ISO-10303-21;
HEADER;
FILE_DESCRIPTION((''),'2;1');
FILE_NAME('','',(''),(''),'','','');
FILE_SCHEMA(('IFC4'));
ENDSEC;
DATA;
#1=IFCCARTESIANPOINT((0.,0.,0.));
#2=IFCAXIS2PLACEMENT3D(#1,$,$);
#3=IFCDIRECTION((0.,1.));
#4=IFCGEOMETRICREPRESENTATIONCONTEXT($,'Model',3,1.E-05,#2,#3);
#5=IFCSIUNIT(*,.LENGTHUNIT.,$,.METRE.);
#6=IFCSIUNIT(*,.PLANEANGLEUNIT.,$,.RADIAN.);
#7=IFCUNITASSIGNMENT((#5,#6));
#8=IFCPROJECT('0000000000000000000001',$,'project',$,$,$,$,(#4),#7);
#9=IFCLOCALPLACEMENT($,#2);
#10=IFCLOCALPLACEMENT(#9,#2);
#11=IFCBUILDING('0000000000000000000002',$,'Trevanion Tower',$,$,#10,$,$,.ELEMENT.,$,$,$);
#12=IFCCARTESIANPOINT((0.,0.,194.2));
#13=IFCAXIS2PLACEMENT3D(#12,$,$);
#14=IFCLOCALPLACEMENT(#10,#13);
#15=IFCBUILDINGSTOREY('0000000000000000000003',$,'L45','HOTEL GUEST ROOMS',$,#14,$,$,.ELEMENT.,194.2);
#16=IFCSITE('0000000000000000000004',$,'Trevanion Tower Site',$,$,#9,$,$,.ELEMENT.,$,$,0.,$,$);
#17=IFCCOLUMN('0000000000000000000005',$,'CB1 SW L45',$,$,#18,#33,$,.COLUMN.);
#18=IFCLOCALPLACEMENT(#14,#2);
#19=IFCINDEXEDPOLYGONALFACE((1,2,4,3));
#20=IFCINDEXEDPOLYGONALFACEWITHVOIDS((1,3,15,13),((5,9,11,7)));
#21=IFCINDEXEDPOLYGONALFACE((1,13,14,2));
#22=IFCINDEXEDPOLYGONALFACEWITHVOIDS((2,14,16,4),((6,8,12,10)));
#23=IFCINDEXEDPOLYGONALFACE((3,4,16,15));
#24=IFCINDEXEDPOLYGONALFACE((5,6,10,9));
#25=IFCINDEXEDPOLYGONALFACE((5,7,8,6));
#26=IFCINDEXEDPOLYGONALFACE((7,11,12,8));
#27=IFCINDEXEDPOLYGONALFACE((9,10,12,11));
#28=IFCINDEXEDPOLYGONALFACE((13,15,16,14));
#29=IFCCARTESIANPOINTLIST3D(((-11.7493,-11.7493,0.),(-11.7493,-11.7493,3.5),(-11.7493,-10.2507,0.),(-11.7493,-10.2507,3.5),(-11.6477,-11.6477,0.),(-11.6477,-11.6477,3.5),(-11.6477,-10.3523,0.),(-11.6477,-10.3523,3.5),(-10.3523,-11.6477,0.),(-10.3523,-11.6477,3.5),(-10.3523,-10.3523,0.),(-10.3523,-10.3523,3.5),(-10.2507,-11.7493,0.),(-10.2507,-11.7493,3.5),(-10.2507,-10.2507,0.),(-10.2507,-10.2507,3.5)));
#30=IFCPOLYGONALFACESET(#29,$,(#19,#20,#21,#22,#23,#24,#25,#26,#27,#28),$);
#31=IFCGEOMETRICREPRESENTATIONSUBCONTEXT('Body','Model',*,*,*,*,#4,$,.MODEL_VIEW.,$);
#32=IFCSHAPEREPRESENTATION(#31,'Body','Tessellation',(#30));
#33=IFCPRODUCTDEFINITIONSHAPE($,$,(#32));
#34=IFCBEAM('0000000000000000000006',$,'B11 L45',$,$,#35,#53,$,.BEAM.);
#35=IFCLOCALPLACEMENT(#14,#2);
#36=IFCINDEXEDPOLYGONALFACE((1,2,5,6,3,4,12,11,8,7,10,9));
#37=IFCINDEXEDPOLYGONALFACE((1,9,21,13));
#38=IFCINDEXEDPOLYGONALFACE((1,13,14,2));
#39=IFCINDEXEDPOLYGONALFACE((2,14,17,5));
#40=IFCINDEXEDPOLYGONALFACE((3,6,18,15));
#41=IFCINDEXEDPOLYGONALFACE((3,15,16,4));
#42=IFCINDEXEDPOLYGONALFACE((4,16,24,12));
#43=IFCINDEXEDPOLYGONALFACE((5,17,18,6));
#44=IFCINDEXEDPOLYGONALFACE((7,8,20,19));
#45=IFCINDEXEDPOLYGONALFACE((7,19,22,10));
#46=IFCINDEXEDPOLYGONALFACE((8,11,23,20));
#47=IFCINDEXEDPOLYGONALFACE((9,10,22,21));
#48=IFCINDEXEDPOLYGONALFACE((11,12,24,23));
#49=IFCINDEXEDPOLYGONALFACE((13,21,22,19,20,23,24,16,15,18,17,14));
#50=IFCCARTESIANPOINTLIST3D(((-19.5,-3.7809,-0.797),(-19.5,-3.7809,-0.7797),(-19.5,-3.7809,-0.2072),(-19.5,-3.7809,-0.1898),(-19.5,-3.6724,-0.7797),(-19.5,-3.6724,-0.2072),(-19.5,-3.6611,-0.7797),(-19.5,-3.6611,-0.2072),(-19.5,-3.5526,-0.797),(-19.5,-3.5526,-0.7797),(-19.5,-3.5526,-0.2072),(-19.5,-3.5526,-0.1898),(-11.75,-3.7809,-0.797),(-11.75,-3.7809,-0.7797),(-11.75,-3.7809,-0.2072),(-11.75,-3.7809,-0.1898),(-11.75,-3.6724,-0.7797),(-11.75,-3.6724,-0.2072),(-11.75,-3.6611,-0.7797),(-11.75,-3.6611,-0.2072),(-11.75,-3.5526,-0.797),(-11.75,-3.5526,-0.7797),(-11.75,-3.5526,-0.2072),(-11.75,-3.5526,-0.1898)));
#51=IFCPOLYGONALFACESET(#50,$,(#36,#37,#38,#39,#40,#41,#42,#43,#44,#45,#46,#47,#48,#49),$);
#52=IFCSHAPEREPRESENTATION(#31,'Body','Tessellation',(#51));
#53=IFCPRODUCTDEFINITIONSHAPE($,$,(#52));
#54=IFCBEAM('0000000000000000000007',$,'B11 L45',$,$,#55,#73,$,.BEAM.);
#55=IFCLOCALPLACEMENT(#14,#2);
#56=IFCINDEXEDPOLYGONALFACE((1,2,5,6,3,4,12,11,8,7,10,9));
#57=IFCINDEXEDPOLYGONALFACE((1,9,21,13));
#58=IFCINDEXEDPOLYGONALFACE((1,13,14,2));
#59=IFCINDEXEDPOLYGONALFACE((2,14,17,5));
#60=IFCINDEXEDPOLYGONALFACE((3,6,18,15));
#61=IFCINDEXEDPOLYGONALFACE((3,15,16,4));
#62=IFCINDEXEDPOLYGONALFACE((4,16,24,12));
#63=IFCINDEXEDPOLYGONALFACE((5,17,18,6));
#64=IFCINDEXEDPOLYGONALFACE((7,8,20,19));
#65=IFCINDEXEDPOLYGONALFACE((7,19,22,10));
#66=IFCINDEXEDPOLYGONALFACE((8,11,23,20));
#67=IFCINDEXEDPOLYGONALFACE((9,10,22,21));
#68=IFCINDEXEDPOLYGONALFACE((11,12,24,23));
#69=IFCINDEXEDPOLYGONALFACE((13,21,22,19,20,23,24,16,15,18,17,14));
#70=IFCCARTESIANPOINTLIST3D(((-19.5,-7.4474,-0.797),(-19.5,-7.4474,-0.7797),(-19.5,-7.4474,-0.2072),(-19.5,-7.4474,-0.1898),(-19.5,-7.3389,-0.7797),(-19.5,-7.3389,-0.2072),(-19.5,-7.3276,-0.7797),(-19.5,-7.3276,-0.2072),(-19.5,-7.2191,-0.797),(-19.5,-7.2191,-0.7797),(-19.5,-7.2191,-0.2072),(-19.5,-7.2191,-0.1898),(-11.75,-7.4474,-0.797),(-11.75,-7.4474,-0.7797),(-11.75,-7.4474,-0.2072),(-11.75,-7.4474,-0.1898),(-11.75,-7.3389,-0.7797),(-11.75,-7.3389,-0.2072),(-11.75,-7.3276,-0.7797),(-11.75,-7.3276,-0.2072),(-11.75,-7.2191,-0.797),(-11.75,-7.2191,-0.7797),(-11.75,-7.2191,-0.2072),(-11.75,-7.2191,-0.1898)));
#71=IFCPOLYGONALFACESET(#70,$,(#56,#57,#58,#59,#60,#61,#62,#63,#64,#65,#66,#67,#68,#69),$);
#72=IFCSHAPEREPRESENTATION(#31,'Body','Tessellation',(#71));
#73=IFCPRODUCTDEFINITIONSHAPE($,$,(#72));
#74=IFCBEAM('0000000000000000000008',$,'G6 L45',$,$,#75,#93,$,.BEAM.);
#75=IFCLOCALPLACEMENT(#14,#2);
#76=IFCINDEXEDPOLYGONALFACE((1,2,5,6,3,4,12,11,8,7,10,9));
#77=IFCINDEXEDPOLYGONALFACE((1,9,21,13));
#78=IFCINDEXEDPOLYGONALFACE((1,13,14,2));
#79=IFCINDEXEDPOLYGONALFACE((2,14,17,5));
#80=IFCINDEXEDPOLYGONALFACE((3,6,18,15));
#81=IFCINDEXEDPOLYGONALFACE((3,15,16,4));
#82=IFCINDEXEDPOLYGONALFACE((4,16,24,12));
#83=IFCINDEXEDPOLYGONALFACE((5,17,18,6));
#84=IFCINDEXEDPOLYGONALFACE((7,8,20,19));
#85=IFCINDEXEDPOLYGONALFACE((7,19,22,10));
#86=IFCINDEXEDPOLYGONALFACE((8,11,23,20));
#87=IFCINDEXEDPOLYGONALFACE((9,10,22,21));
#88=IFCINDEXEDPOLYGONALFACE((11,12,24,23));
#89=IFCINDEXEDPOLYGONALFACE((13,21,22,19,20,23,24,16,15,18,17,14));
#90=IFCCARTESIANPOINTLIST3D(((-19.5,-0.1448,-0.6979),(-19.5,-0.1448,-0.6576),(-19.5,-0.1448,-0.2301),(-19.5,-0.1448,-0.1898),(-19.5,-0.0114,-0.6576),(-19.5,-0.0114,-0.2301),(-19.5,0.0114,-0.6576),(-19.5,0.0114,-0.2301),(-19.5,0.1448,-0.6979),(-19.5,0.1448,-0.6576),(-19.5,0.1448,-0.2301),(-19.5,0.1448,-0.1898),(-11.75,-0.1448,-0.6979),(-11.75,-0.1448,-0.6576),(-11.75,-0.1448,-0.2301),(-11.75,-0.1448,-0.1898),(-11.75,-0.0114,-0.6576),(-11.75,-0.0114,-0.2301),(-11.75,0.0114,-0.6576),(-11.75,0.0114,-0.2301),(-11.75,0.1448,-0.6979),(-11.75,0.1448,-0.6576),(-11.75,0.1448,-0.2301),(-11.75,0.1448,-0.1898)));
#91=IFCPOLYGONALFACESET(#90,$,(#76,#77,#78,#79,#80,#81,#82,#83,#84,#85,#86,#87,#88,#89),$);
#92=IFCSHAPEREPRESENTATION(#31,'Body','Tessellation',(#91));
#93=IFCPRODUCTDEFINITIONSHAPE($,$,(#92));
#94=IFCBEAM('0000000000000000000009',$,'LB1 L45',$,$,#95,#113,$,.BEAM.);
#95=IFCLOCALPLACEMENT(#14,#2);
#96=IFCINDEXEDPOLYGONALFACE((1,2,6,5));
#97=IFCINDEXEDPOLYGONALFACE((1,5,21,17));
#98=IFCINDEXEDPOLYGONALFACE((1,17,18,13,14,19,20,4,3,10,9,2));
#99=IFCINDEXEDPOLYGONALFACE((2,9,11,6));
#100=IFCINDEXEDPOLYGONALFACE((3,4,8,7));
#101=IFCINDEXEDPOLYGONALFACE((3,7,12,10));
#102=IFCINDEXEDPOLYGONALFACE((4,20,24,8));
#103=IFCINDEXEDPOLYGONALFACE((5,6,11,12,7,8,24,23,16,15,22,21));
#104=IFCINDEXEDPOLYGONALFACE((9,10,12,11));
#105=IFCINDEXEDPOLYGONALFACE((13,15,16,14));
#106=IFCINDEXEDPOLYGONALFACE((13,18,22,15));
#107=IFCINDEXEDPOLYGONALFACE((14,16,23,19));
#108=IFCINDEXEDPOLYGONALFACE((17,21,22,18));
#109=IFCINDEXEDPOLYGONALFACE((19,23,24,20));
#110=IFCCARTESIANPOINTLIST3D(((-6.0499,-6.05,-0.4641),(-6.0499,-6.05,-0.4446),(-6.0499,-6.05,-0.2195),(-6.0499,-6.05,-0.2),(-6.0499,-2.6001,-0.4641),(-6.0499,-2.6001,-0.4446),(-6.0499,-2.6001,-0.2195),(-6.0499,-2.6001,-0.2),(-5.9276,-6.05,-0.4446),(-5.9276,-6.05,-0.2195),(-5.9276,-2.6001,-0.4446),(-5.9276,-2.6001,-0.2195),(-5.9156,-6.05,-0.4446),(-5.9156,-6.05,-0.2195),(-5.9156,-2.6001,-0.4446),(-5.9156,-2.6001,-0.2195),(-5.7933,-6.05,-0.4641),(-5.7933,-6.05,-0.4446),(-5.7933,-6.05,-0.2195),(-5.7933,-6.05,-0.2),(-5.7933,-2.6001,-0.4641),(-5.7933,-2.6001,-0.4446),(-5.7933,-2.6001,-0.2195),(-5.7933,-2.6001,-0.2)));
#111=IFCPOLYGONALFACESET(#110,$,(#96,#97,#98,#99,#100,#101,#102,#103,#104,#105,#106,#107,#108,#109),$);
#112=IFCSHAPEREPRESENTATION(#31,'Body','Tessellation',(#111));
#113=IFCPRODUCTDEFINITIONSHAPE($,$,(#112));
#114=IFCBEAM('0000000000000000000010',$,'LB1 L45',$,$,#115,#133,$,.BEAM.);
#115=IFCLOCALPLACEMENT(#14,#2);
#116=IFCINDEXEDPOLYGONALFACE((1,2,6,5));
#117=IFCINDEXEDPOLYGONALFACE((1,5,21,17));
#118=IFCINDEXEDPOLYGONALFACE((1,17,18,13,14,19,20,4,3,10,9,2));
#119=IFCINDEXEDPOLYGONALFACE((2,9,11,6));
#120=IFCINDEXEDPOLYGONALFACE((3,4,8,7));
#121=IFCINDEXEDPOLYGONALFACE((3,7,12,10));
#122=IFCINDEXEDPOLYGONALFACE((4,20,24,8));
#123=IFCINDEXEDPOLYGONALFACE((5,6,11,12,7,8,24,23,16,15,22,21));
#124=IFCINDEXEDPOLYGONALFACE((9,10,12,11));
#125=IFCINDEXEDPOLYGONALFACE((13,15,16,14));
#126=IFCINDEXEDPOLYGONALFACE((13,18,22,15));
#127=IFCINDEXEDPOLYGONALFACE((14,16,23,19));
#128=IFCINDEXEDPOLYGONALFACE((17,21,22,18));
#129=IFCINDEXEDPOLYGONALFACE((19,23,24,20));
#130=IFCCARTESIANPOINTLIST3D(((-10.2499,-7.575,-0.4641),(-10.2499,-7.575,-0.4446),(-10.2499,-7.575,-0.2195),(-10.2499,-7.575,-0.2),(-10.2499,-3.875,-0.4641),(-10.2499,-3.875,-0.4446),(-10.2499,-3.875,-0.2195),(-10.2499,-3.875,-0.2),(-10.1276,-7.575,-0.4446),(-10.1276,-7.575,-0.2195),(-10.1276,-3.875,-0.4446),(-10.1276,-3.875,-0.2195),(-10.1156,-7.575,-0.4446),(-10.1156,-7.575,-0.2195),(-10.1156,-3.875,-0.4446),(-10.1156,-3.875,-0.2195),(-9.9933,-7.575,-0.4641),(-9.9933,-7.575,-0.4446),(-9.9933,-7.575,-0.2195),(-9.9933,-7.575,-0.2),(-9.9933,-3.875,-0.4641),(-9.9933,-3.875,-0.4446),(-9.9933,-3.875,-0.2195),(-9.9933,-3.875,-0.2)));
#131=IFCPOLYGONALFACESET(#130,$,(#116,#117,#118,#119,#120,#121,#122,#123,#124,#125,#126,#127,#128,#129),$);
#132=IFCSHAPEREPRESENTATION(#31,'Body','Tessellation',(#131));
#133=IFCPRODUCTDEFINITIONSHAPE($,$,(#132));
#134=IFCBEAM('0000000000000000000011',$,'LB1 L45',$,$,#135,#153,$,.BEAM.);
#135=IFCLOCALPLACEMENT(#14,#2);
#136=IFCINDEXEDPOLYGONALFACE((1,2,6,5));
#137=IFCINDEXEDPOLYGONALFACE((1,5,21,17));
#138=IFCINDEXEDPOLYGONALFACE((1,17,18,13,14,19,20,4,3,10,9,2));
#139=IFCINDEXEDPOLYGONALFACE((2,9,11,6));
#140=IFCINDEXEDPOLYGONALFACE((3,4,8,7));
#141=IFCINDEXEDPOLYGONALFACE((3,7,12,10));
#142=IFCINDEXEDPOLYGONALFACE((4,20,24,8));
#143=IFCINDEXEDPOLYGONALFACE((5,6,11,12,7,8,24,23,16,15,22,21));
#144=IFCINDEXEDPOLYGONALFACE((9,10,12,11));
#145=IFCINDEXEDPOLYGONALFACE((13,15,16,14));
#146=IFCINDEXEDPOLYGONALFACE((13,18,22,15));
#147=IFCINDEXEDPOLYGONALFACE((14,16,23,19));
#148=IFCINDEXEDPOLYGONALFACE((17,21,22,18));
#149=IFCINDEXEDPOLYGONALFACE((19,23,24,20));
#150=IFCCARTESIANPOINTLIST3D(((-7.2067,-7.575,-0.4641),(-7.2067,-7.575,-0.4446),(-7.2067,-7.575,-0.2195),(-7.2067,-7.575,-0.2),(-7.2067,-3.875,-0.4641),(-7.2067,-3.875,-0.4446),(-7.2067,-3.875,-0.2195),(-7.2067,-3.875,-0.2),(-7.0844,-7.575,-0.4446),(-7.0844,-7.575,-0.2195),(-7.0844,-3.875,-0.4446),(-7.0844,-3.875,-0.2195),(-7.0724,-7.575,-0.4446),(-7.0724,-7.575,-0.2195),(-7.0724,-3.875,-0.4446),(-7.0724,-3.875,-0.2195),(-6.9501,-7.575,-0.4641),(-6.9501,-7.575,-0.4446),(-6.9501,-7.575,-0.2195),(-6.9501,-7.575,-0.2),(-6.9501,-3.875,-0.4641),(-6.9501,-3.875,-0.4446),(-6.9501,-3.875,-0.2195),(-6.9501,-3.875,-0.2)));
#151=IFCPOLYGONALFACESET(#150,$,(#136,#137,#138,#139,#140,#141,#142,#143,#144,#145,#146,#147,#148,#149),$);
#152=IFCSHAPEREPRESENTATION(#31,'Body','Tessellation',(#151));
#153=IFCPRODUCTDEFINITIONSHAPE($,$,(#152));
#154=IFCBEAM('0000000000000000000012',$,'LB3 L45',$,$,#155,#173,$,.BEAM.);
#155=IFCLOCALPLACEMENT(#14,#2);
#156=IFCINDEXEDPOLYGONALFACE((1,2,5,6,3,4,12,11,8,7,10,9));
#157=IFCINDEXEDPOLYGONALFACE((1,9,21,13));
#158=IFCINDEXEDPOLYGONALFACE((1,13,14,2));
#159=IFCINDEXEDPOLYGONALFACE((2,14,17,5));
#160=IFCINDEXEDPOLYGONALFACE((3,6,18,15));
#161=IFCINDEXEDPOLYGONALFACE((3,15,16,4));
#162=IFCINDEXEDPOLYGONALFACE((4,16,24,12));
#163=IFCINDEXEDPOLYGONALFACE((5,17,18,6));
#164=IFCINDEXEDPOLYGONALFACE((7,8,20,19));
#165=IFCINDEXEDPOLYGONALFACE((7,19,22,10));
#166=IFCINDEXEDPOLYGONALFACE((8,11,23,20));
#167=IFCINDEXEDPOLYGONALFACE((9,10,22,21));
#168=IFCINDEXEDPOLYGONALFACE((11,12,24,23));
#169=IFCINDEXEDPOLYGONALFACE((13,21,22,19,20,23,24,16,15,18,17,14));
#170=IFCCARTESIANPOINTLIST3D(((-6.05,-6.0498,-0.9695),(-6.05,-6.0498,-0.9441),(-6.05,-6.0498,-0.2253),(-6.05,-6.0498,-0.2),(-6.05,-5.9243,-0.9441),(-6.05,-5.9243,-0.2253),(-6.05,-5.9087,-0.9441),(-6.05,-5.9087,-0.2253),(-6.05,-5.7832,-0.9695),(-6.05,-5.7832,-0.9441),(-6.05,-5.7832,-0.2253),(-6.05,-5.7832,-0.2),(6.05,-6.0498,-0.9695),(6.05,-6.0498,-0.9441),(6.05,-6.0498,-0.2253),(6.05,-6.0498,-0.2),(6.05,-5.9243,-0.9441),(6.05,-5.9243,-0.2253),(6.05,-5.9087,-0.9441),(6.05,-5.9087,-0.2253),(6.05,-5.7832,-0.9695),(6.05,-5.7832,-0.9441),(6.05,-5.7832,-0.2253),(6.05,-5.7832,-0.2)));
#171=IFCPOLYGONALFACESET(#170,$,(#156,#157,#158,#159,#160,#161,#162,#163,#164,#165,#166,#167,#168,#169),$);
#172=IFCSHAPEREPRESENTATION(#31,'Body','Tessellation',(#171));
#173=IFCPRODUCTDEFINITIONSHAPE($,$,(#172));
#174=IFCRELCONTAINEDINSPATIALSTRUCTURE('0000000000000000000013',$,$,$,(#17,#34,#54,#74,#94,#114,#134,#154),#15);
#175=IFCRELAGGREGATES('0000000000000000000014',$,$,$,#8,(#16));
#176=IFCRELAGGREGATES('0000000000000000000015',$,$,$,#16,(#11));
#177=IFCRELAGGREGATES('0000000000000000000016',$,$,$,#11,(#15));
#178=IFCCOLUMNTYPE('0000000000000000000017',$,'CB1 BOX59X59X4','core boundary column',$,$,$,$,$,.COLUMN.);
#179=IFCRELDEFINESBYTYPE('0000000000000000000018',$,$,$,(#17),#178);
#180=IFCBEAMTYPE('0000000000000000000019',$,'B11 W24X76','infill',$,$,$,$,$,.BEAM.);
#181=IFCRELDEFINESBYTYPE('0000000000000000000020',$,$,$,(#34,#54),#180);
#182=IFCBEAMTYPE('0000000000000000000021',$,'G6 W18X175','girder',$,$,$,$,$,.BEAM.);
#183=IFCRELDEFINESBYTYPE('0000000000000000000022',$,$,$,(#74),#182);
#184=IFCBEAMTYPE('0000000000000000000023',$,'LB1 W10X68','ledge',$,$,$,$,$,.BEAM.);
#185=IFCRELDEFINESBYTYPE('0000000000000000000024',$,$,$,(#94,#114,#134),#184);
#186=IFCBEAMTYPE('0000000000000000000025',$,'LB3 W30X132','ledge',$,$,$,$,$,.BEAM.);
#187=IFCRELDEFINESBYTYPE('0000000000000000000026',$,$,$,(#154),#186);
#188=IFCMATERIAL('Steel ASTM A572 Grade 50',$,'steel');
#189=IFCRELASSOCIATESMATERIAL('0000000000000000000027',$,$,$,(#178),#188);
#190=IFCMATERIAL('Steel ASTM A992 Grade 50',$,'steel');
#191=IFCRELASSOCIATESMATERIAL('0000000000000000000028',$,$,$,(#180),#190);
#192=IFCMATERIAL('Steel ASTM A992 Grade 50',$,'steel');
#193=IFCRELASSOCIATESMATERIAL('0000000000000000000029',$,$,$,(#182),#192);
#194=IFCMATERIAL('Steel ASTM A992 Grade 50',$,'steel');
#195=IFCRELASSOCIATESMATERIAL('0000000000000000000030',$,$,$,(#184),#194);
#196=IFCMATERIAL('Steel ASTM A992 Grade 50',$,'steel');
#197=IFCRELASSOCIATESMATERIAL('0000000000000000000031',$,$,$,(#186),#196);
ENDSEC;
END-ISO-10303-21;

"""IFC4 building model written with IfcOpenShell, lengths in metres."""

from ifc_helpers import new_model, si_unit, direction, frame, origin, origin_2d, place, context, subcontext, project, spatial, hollow_rectangle, i_section, extrude, material, material_profile, profile_set, type_object, element, save


model = new_model("IFC4")

# Units and contexts
model_context = context("Model", 3, precision=1e-05, world=origin(), true_north=direction((0.0, 1.0)))
body_context = subcontext(model_context, "Body", "Model", "MODEL_VIEW")
ifc_project = project(units=[si_unit("LENGTHUNIT", "METRE"), si_unit("PLANEANGLEUNIT", "RADIAN")], contexts=[model_context])

# Site, building, storey
site_placement = place(None, origin())
site = spatial("IfcSite", under=ifc_project, at=site_placement, Name="Trevanion Tower Site", CompositionType="ELEMENT", RefElevation=0.0)
building_placement = place(site_placement, origin())
building = spatial("IfcBuilding", under=site, at=building_placement, Name="Trevanion Tower", CompositionType="ELEMENT")
storey_placement = place(building_placement, frame((0.0, 0.0, 194.2)))
storey = spatial("IfcBuildingStorey", under=building, at=storey_placement, Name="L45", Description="HOTEL GUEST ROOMS", CompositionType="ELEMENT", Elevation=194.2)

# Column
ifc_material_1 = material(Name="Steel ASTM A572 Grade 50", Category="steel")
ifc_material_profile_1 = material_profile(ifc_material_1, hollow_rectangle(XDim=1.4985, YDim=1.4985, WallThickness=0.1016, at=origin_2d()), Name="BOX59X59X4")
ifc_profile_set_1 = profile_set([ifc_material_profile_1], Name="Steel ASTM A572 Grade 50")
column_type = type_object("IfcColumnType", Name="CB1 BOX59X59X4", Description="core boundary column", PredefinedType="COLUMN", material=ifc_profile_set_1)
column_placement = place(storey_placement, frame((-11.0, -11.0, 0.0), z_axis=(0.0, 0.0, 1.0), x_axis=(1.0, 0.0, 0.0)))
element("IfcColumn", 1, at=column_placement, inside=storey, type_object=column_type, Name="CB1 SW L45", PredefinedType="COLUMN", context=body_context, shape_type="SweptSolid", body=[
    extrude(hollow_rectangle(XDim=1.4985, YDim=1.4985, WallThickness=0.1016, at=origin_2d()), origin(), (0.0, 0.0, 1.0), 3.5),
])

# Beams
ifc_material_2 = material(Name="Steel ASTM A992 Grade 50", Category="steel")
ifc_material_profile_2 = material_profile(ifc_material_2, i_section(OverallWidth=0.2283, OverallDepth=0.6072, WebThickness=0.0112, FlangeThickness=0.0173, at=origin_2d()), Name="W24X76")
ifc_profile_set_2 = profile_set([ifc_material_profile_2], Name="Steel ASTM A992 Grade 50")
beam_type_1 = type_object("IfcBeamType", Name="B11 W24X76", Description="infill", PredefinedType="BEAM", material=ifc_profile_set_2)
for number, where, z_axis, x_axis, name in (
    (2, (-11.75, -3.6667, -0.4934), (-1.0, 0.0, 0.0), (0.0, -1.0, 0.0), "B11 L45"),
    (3, (-11.75, -7.3333, -0.4934), (-1.0, 0.0, 0.0), (0.0, -1.0, 0.0), "B11 L45"),
):
    element("IfcBeam", number, at=place(storey_placement, frame(where, z_axis=z_axis, x_axis=x_axis)), inside=storey, type_object=beam_type_1, Name=name, PredefinedType="BEAM", context=body_context, shape_type="SweptSolid", body=[
        extrude(i_section(OverallWidth=0.2283, OverallDepth=0.6072, WebThickness=0.0112, FlangeThickness=0.0173, at=origin_2d()), origin(), (0.0, 0.0, 1.0), 7.75),
    ])
ifc_material_3 = material(Name="Steel ASTM A992 Grade 50", Category="steel")
ifc_material_profile_3 = material_profile(ifc_material_3, i_section(OverallWidth=0.2896, OverallDepth=0.5081, WebThickness=0.0227, FlangeThickness=0.0403, at=origin_2d()), Name="W18X175")
ifc_profile_set_3 = profile_set([ifc_material_profile_3], Name="Steel ASTM A992 Grade 50")
beam_type_2 = type_object("IfcBeamType", Name="G6 W18X175", Description="girder", PredefinedType="BEAM", material=ifc_profile_set_3)
beam_1_placement = place(storey_placement, frame((-11.75, 0.0, -0.4438), z_axis=(-1.0, 0.0, 0.0), x_axis=(0.0, -1.0, 0.0)))
element("IfcBeam", 4, at=beam_1_placement, inside=storey, type_object=beam_type_2, Name="G6 L45", PredefinedType="BEAM", context=body_context, shape_type="SweptSolid", body=[
    extrude(i_section(OverallWidth=0.2896, OverallDepth=0.5081, WebThickness=0.0227, FlangeThickness=0.0403, at=origin_2d()), origin(), (0.0, 0.0, 1.0), 7.75),
])
ifc_material_4 = material(Name="Steel ASTM A992 Grade 50", Category="steel")
ifc_material_profile_4 = material_profile(ifc_material_4, i_section(OverallWidth=0.2566, OverallDepth=0.2642, WebThickness=0.012, FlangeThickness=0.0195, at=origin_2d()), Name="W10X68")
ifc_profile_set_4 = profile_set([ifc_material_profile_4], Name="Steel ASTM A992 Grade 50")
beam_type_3 = type_object("IfcBeamType", Name="LB1 W10X68", Description="ledge", PredefinedType="BEAM", material=ifc_profile_set_4)
beam_2_placement = place(storey_placement, frame((-5.9216, -6.05, -0.332), z_axis=(0.0, 1.0, 0.0), x_axis=(-1.0, 0.0, 0.0)))
element("IfcBeam", 5, at=beam_2_placement, inside=storey, type_object=beam_type_3, Name="LB1 L45", PredefinedType="BEAM", context=body_context, shape_type="SweptSolid", body=[
    extrude(i_section(OverallWidth=0.2566, OverallDepth=0.2642, WebThickness=0.012, FlangeThickness=0.0195, at=origin_2d()), origin(), (0.0, 0.0, 1.0), 3.45),
])
for number, where, z_axis, x_axis, name in (
    (6, (-10.1216, -7.575, -0.332), (0.0, 1.0, 0.0), (-1.0, 0.0, 0.0), "LB1 L45"),
    (7, (-7.0784, -7.575, -0.332), (0.0, 1.0, 0.0), (-1.0, 0.0, 0.0), "LB1 L45"),
):
    element("IfcBeam", number, at=place(storey_placement, frame(where, z_axis=z_axis, x_axis=x_axis)), inside=storey, type_object=beam_type_3, Name=name, PredefinedType="BEAM", context=body_context, shape_type="SweptSolid", body=[
        extrude(i_section(OverallWidth=0.2566, OverallDepth=0.2642, WebThickness=0.012, FlangeThickness=0.0195, at=origin_2d()), origin(), (0.0, 0.0, 1.0), 3.7),
    ])
ifc_material_5 = material(Name="Steel ASTM A992 Grade 50", Category="steel")
ifc_material_profile_5 = material_profile(ifc_material_5, i_section(OverallWidth=0.2666, OverallDepth=0.7695, WebThickness=0.0156, FlangeThickness=0.0254, at=origin_2d()), Name="W30X132")
ifc_profile_set_5 = profile_set([ifc_material_profile_5], Name="Steel ASTM A992 Grade 50")
beam_type_4 = type_object("IfcBeamType", Name="LB3 W30X132", Description="ledge", PredefinedType="BEAM", material=ifc_profile_set_5)
beam_3_placement = place(storey_placement, frame((-6.05, -5.9165, -0.5847), z_axis=(1.0, 0.0, 0.0), x_axis=(0.0, 1.0, 0.0)))
element("IfcBeam", 8, at=beam_3_placement, inside=storey, type_object=beam_type_4, Name="LB3 L45", PredefinedType="BEAM", context=body_context, shape_type="SweptSolid", body=[
    extrude(i_section(OverallWidth=0.2666, OverallDepth=0.7695, WebThickness=0.0156, FlangeThickness=0.0254, at=origin_2d()), origin(), (0.0, 0.0, 1.0), 12.1001),
])

save(model, "model.ifc")
